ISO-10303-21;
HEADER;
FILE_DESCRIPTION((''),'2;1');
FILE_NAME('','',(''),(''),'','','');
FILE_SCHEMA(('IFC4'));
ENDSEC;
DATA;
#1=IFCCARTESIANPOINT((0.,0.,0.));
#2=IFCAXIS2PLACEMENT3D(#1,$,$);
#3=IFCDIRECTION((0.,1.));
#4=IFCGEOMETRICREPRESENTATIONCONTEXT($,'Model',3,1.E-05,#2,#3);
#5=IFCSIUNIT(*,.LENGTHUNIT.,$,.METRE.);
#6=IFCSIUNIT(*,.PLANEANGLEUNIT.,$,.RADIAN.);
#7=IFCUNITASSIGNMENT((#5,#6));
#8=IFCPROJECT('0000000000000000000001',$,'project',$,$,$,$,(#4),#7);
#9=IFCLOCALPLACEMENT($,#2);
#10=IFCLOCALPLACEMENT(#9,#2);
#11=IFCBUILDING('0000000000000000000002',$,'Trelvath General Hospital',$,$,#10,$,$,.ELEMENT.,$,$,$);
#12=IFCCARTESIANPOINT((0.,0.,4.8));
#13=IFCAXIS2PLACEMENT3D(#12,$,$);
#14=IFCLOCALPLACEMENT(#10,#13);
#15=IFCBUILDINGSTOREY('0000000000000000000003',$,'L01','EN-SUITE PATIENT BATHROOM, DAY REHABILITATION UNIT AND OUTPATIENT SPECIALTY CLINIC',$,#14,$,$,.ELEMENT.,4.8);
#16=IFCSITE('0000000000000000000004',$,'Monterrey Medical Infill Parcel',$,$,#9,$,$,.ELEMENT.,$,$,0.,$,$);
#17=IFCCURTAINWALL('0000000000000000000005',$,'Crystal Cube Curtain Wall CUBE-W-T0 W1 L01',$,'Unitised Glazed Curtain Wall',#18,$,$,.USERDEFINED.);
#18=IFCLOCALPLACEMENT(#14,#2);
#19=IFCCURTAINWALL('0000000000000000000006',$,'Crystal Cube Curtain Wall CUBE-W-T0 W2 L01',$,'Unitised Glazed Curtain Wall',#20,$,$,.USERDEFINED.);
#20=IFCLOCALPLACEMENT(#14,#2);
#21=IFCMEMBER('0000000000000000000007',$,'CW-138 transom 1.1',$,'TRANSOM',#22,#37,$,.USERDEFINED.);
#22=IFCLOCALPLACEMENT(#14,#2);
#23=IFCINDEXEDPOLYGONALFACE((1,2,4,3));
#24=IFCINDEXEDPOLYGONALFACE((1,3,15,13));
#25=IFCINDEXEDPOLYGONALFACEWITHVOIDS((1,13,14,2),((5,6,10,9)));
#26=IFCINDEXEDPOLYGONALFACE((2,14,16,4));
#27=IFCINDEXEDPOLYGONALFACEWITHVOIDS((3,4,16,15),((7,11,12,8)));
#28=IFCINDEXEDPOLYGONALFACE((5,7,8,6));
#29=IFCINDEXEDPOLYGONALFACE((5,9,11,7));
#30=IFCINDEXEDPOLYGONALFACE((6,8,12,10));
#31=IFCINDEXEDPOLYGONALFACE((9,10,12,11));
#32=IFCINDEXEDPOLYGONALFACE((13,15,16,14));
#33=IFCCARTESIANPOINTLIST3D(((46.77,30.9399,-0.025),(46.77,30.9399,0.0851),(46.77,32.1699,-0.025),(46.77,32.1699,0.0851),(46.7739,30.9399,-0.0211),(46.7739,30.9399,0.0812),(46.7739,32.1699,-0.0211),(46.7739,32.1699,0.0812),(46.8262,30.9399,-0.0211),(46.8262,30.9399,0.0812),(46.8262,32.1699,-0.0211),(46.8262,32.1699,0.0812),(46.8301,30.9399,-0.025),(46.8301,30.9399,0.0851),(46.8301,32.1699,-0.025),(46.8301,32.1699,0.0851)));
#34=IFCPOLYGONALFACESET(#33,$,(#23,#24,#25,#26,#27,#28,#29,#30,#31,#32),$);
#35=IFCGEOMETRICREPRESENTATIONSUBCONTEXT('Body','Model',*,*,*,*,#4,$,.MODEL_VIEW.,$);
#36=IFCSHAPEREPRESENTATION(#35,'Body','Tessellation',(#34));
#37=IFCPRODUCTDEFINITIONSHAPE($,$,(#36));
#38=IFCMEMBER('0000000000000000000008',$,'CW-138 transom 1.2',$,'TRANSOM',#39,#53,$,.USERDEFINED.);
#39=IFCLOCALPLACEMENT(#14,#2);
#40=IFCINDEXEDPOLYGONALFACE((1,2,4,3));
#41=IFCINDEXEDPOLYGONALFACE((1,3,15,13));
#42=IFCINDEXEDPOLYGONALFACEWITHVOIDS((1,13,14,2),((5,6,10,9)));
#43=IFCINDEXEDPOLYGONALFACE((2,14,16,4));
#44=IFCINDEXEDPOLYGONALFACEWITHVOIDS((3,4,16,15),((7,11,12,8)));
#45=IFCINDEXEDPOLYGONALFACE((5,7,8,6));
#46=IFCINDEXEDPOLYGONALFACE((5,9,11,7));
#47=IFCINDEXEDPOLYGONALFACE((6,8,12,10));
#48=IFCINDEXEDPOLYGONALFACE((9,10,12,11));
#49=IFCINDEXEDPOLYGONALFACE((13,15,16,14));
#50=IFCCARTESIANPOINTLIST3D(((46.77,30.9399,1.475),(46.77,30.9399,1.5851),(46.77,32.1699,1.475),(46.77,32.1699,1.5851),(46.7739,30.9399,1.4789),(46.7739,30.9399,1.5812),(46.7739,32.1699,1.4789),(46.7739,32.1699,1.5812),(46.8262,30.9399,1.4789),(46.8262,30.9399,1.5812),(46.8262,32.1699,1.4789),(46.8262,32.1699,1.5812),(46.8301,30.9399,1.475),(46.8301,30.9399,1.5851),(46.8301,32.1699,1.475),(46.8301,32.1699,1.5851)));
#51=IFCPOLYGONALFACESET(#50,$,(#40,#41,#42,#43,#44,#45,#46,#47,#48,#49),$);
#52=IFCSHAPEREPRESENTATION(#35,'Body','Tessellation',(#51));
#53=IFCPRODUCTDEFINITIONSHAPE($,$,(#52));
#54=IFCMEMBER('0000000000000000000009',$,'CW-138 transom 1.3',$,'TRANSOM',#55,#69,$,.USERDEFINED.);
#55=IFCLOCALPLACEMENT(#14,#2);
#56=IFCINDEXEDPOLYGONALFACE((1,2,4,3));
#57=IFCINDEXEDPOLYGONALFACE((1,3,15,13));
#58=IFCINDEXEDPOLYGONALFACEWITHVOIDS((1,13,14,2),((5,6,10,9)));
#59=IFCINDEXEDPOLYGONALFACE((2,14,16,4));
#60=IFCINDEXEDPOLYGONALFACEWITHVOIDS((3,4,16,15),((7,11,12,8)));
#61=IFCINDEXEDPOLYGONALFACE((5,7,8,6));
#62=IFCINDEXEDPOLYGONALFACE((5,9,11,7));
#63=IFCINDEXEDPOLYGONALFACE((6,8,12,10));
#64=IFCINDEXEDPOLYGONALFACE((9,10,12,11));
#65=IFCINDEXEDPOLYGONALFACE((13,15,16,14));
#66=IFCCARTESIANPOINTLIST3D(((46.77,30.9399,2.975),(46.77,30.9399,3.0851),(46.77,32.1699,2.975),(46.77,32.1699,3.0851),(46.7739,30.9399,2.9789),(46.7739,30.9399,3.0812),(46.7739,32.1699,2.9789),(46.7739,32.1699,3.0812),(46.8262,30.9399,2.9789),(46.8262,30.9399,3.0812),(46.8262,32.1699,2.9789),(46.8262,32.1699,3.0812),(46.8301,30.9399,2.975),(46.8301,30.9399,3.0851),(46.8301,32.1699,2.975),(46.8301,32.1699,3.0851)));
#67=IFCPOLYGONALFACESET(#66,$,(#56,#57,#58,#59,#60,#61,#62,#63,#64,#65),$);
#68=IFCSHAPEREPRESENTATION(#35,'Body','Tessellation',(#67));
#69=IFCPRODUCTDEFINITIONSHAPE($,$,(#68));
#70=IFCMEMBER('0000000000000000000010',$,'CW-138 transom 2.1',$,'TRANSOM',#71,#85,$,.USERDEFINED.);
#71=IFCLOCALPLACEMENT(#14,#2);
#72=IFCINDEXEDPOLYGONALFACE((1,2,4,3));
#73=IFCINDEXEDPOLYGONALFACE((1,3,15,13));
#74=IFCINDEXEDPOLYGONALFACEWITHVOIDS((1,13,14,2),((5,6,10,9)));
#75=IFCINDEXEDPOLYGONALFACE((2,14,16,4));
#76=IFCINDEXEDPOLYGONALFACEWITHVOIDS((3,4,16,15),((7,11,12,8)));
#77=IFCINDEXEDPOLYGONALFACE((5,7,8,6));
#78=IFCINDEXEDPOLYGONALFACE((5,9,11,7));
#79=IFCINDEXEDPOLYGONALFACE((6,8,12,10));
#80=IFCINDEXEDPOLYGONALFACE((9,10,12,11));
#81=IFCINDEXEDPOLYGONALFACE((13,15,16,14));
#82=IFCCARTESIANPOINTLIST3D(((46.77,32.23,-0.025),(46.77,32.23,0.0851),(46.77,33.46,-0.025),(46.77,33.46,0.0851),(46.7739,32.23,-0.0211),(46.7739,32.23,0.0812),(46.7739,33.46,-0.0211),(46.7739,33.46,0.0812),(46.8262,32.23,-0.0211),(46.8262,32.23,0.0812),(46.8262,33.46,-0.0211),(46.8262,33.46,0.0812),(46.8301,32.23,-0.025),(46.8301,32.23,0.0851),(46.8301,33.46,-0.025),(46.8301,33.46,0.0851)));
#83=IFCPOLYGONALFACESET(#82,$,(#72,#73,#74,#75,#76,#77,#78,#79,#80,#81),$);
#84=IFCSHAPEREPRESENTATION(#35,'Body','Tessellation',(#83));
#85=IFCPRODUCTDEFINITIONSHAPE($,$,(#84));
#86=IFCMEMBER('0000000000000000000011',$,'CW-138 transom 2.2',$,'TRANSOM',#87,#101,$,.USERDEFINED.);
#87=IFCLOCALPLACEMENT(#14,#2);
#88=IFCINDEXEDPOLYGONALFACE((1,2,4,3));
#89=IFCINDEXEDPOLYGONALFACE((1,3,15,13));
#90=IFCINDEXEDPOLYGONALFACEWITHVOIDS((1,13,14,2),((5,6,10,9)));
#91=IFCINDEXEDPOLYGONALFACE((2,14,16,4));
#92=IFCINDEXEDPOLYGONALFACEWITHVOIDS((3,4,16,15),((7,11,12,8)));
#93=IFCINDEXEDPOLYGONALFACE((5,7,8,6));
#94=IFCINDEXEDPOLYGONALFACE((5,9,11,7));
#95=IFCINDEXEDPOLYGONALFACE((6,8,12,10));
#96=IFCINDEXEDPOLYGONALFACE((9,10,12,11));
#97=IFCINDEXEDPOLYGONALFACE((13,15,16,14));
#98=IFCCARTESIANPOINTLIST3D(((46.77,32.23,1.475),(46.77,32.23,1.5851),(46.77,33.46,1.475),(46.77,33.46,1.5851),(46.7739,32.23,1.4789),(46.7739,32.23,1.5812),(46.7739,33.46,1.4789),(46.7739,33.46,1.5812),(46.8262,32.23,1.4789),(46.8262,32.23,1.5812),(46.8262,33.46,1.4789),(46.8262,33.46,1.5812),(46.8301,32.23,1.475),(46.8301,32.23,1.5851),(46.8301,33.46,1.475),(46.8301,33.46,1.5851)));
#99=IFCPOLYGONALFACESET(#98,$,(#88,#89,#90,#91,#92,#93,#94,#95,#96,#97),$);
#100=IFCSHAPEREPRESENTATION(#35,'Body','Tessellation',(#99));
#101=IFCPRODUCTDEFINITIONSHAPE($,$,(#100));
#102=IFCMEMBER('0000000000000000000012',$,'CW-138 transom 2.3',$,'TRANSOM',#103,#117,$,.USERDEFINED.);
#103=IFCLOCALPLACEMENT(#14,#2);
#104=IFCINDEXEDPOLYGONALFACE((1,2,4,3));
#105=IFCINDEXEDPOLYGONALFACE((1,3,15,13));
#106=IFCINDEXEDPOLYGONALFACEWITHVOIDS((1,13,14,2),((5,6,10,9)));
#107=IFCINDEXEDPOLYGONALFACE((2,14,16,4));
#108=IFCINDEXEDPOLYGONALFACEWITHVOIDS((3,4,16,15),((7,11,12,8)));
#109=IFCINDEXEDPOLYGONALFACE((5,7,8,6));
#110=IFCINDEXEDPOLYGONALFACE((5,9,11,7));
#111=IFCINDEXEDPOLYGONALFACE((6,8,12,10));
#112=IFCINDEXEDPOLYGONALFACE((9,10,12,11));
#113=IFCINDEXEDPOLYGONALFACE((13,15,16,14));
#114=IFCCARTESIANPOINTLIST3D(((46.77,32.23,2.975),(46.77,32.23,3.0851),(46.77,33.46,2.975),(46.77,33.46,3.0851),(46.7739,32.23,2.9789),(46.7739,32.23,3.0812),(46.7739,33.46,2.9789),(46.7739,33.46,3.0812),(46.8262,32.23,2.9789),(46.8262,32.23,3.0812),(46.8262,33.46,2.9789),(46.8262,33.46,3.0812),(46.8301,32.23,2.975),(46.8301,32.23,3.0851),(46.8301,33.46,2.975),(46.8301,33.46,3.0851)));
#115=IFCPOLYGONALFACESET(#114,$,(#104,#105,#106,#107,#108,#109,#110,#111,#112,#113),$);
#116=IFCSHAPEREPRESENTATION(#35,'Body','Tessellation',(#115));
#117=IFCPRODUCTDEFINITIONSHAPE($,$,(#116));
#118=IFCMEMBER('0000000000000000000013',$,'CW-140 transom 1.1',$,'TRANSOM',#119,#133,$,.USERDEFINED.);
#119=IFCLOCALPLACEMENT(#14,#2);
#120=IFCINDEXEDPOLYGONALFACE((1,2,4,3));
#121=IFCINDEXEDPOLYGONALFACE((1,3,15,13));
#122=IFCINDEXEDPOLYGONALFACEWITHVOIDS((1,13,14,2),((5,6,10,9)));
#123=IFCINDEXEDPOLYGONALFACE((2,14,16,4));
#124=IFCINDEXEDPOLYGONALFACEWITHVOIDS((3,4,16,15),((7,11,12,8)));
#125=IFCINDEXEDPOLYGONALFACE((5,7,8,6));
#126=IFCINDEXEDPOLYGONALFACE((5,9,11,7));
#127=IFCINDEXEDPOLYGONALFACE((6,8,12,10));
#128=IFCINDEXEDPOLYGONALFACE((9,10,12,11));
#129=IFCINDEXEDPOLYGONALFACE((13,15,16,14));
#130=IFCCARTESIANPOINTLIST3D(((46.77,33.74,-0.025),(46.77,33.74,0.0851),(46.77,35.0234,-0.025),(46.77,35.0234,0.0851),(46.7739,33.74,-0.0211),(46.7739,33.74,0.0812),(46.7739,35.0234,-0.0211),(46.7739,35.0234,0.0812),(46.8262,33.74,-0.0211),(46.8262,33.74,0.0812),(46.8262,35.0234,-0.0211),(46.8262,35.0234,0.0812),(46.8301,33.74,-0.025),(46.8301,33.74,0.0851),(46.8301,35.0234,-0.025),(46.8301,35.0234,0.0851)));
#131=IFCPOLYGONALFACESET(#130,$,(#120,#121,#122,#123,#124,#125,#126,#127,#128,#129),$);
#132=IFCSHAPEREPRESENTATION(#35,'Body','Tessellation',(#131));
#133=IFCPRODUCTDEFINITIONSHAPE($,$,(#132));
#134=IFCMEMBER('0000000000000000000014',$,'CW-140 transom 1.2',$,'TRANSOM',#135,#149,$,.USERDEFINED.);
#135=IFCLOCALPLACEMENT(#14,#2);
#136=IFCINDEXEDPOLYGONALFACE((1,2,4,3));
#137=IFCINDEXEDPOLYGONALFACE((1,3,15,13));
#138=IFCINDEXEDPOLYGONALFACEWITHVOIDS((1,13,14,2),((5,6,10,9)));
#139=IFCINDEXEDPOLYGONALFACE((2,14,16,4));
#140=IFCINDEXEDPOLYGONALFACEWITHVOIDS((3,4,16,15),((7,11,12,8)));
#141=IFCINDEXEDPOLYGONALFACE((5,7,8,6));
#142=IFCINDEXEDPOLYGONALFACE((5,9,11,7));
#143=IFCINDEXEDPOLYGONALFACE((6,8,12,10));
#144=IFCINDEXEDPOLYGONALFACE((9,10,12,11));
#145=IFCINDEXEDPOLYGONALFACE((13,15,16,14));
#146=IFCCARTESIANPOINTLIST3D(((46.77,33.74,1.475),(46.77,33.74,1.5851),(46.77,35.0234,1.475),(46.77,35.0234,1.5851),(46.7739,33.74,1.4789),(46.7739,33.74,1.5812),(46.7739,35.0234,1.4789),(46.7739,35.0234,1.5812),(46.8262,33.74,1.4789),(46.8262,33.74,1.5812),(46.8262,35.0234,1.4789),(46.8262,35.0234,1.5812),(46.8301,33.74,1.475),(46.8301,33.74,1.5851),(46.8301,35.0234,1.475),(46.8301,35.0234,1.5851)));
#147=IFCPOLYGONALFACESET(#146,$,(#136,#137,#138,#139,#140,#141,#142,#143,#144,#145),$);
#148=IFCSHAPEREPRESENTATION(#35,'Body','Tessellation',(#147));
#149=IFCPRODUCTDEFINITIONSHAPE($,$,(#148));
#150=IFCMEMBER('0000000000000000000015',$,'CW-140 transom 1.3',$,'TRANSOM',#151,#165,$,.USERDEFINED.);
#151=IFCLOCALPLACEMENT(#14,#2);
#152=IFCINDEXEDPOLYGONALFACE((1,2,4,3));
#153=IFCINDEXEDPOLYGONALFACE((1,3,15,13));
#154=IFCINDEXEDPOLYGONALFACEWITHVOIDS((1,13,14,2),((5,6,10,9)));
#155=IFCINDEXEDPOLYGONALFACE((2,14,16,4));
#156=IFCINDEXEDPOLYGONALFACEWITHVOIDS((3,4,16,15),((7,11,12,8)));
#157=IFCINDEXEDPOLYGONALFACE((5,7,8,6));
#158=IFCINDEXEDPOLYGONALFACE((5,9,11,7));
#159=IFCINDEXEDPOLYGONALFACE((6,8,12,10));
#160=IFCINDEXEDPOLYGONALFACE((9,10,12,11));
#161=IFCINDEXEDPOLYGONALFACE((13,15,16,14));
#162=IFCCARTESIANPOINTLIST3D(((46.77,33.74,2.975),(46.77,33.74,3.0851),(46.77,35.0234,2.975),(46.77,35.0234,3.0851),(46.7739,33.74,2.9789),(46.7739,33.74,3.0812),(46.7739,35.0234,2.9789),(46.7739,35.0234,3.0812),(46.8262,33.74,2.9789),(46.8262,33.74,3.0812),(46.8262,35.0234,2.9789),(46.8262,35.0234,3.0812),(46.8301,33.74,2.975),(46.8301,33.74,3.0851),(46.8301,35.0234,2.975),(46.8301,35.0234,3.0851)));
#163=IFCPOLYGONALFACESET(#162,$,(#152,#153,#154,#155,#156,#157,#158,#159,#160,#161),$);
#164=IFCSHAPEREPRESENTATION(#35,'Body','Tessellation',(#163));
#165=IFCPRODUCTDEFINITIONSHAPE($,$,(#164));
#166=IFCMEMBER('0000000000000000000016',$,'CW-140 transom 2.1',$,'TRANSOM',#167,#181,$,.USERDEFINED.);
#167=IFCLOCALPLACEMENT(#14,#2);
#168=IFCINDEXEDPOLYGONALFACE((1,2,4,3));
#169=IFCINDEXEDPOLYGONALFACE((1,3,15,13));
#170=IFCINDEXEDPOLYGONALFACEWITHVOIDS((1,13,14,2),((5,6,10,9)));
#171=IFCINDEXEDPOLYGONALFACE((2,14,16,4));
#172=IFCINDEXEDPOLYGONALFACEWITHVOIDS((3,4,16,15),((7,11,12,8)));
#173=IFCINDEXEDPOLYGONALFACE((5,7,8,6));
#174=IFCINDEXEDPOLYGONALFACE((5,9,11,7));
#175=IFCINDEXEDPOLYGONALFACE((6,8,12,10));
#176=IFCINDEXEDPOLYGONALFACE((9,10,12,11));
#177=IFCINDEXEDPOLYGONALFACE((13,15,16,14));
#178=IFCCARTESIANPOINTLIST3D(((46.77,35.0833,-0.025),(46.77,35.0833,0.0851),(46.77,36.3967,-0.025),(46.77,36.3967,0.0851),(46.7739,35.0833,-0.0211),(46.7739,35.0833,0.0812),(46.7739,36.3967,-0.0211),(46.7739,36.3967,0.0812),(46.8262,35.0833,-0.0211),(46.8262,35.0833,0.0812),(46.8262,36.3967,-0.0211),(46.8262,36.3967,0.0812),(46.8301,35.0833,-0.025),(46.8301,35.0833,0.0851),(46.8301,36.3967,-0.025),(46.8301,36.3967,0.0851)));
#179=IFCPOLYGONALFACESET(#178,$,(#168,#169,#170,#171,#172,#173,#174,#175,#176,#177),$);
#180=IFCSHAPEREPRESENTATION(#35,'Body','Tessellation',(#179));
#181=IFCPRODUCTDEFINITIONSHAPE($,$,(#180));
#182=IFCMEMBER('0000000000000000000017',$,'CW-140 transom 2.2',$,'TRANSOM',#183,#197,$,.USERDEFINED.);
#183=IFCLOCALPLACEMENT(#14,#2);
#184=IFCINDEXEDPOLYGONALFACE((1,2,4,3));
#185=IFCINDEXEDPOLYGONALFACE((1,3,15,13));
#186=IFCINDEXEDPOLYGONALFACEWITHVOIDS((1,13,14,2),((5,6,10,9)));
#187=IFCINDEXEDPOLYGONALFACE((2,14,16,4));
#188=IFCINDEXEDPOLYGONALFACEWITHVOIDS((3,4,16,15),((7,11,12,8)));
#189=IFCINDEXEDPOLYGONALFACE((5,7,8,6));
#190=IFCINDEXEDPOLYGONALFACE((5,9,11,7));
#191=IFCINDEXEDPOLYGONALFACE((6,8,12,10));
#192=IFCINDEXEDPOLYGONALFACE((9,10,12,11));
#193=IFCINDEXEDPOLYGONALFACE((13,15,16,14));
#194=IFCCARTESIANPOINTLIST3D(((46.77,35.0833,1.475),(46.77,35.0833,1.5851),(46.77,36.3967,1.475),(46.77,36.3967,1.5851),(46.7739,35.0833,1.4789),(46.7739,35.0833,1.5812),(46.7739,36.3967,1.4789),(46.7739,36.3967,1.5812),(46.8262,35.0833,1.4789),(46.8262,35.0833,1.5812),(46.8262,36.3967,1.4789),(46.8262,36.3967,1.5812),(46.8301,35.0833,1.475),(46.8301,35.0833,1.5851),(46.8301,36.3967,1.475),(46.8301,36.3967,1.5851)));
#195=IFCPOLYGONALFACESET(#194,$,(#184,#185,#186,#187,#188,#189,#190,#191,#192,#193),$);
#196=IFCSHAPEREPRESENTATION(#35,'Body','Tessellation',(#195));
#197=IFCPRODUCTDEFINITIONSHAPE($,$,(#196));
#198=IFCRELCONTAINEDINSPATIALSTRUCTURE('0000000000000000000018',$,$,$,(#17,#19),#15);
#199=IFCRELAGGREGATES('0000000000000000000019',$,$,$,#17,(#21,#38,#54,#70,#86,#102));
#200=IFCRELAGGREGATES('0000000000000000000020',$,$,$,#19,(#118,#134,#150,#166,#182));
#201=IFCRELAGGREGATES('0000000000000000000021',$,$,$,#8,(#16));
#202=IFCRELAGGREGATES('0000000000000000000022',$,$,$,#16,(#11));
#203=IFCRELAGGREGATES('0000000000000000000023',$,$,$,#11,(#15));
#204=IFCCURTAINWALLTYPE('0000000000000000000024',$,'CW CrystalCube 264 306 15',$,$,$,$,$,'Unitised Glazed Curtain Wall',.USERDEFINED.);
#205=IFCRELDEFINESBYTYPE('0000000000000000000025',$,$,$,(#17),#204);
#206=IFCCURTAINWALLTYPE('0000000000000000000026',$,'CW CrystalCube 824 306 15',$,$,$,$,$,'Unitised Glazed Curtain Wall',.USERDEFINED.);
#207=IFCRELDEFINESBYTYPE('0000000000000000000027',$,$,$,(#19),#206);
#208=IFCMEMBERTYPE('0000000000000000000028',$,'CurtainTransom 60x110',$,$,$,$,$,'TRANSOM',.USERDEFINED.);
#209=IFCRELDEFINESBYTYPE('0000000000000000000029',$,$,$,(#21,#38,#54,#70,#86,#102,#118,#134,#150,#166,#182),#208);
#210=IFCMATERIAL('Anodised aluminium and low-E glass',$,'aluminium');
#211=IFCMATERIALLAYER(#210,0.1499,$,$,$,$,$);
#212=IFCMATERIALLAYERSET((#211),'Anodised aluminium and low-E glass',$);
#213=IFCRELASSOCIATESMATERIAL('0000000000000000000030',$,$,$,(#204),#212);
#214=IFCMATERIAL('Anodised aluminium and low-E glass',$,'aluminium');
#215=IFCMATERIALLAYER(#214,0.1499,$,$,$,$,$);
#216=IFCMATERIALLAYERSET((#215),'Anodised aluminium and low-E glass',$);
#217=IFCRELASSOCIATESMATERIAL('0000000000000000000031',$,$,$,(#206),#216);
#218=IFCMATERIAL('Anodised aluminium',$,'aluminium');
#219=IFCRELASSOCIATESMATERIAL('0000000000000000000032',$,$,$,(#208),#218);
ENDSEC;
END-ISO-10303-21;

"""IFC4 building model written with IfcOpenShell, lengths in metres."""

from ifc_helpers import new_model, si_unit, direction, frame, origin, origin_2d, place, context, subcontext, project, spatial, hollow_rectangle, extrude, material, layer, layer_set, material_profile, profile_set, type_object, element, aggregate, save


model = new_model("IFC4")

# Units and contexts
model_context = context("Model", 3, precision=1e-05, world=origin(), true_north=direction((0.0, 1.0)))
body_context = subcontext(model_context, "Body", "Model", "MODEL_VIEW")
ifc_project = project(units=[si_unit("LENGTHUNIT", "METRE"), si_unit("PLANEANGLEUNIT", "RADIAN")], contexts=[model_context])

# Site, building, storey
site_placement = place(None, origin())
site = spatial("IfcSite", under=ifc_project, at=site_placement, Name="Monterrey Medical Infill Parcel", CompositionType="ELEMENT", RefElevation=0.0)
building_placement = place(site_placement, origin())
building = spatial("IfcBuilding", under=site, at=building_placement, Name="Trelvath General Hospital", CompositionType="ELEMENT")
storey_placement = place(building_placement, frame((0.0, 0.0, 4.8)))
storey = spatial("IfcBuildingStorey", under=building, at=storey_placement, Name="L01", Description="EN-SUITE PATIENT BATHROOM, DAY REHABILITATION UNIT AND OUTPATIENT SPECIALTY CLINIC", CompositionType="ELEMENT", Elevation=4.8)

# Curtain walls
ifc_material_1 = material(Name="Anodised aluminium and low-E glass", Category="aluminium")
ifc_layer_1 = layer(ifc_material_1, 0.1499)
ifc_layer_set_1 = layer_set([ifc_layer_1], Name="Anodised aluminium and low-E glass")
curtain_wall_type_1 = type_object("IfcCurtainWallType", Name="CW CrystalCube 264 306 15", ElementType="Unitised Glazed Curtain Wall", PredefinedType="USERDEFINED", material=ifc_layer_set_1)
curtain_wall_1_placement = place(storey_placement, origin())
curtain_wall_1 = element("IfcCurtainWall", 1, at=curtain_wall_1_placement, inside=storey, type_object=curtain_wall_type_1, Name="Crystal Cube Curtain Wall CUBE-W-T0 W1 L01", ObjectType="Unitised Glazed Curtain Wall", PredefinedType="USERDEFINED")
ifc_material_2 = material(Name="Anodised aluminium and low-E glass", Category="aluminium")
ifc_layer_2 = layer(ifc_material_2, 0.1499)
ifc_layer_set_2 = layer_set([ifc_layer_2], Name="Anodised aluminium and low-E glass")
curtain_wall_type_2 = type_object("IfcCurtainWallType", Name="CW CrystalCube 824 306 15", ElementType="Unitised Glazed Curtain Wall", PredefinedType="USERDEFINED", material=ifc_layer_set_2)
curtain_wall_2_placement = place(storey_placement, origin())
curtain_wall_2 = element("IfcCurtainWall", 2, at=curtain_wall_2_placement, inside=storey, type_object=curtain_wall_type_2, Name="Crystal Cube Curtain Wall CUBE-W-T0 W2 L01", ObjectType="Unitised Glazed Curtain Wall", PredefinedType="USERDEFINED")

# Members
ifc_material_3 = material(Name="Anodised aluminium", Category="aluminium")
ifc_material_profile_1 = material_profile(ifc_material_3, hollow_rectangle(XDim=0.0601, YDim=0.1101, WallThickness=0.0039, at=origin_2d()), Name="RHS60x110x4")
ifc_profile_set_1 = profile_set([ifc_material_profile_1], Name="Anodised aluminium")
member_type_1 = type_object("IfcMemberType", Name="CurtainTransom 60x110", ElementType="TRANSOM", PredefinedType="USERDEFINED", material=ifc_profile_set_1)
member_1_placement = place(storey_placement, frame((46.8, 30.9399, 0.03), z_axis=(0.0, 1.0, 0.0), x_axis=(-1.0, 0.0, 0.0)))
member_1 = element("IfcMember", 3, at=member_1_placement, type_object=member_type_1, Name="CW-138 transom 1.1", ObjectType="TRANSOM", PredefinedType="USERDEFINED", context=body_context, shape_type="SweptSolid", body=[
    extrude(hollow_rectangle(XDim=0.0601, YDim=0.1101, WallThickness=0.0039, at=origin_2d()), origin(), (0.0, 0.0, 1.0), 1.23),
])
member_2_placement = place(storey_placement, frame((46.8, 30.9399, 1.53), z_axis=(0.0, 1.0, 0.0), x_axis=(-1.0, 0.0, 0.0)))
member_2 = element("IfcMember", 4, at=member_2_placement, type_object=member_type_1, Name="CW-138 transom 1.2", ObjectType="TRANSOM", PredefinedType="USERDEFINED", context=body_context, shape_type="SweptSolid", body=[
    extrude(hollow_rectangle(XDim=0.0601, YDim=0.1101, WallThickness=0.0039, at=origin_2d()), origin(), (0.0, 0.0, 1.0), 1.23),
])
member_3_placement = place(storey_placement, frame((46.8, 30.9399, 3.03), z_axis=(0.0, 1.0, 0.0), x_axis=(-1.0, 0.0, 0.0)))
member_3 = element("IfcMember", 5, at=member_3_placement, type_object=member_type_1, Name="CW-138 transom 1.3", ObjectType="TRANSOM", PredefinedType="USERDEFINED", context=body_context, shape_type="SweptSolid", body=[
    extrude(hollow_rectangle(XDim=0.0601, YDim=0.1101, WallThickness=0.0039, at=origin_2d()), origin(), (0.0, 0.0, 1.0), 1.23),
])
member_4_placement = place(storey_placement, frame((46.8, 32.23, 0.03), z_axis=(0.0, 1.0, 0.0), x_axis=(-1.0, 0.0, 0.0)))
member_4 = element("IfcMember", 6, at=member_4_placement, type_object=member_type_1, Name="CW-138 transom 2.1", ObjectType="TRANSOM", PredefinedType="USERDEFINED", context=body_context, shape_type="SweptSolid", body=[
    extrude(hollow_rectangle(XDim=0.0601, YDim=0.1101, WallThickness=0.0039, at=origin_2d()), origin(), (0.0, 0.0, 1.0), 1.23),
])
member_5_placement = place(storey_placement, frame((46.8, 32.23, 1.53), z_axis=(0.0, 1.0, 0.0), x_axis=(-1.0, 0.0, 0.0)))
member_5 = element("IfcMember", 7, at=member_5_placement, type_object=member_type_1, Name="CW-138 transom 2.2", ObjectType="TRANSOM", PredefinedType="USERDEFINED", context=body_context, shape_type="SweptSolid", body=[
    extrude(hollow_rectangle(XDim=0.0601, YDim=0.1101, WallThickness=0.0039, at=origin_2d()), origin(), (0.0, 0.0, 1.0), 1.23),
])
member_6_placement = place(storey_placement, frame((46.8, 32.23, 3.03), z_axis=(0.0, 1.0, 0.0), x_axis=(-1.0, 0.0, 0.0)))
member_6 = element("IfcMember", 8, at=member_6_placement, type_object=member_type_1, Name="CW-138 transom 2.3", ObjectType="TRANSOM", PredefinedType="USERDEFINED", context=body_context, shape_type="SweptSolid", body=[
    extrude(hollow_rectangle(XDim=0.0601, YDim=0.1101, WallThickness=0.0039, at=origin_2d()), origin(), (0.0, 0.0, 1.0), 1.23),
])
member_7_placement = place(storey_placement, frame((46.8, 33.74, 0.03), z_axis=(0.0, 1.0, 0.0), x_axis=(-1.0, 0.0, 0.0)))
member_7 = element("IfcMember", 9, at=member_7_placement, type_object=member_type_1, Name="CW-140 transom 1.1", ObjectType="TRANSOM", PredefinedType="USERDEFINED", context=body_context, shape_type="SweptSolid", body=[
    extrude(hollow_rectangle(XDim=0.0601, YDim=0.1101, WallThickness=0.0039, at=origin_2d()), origin(), (0.0, 0.0, 1.0), 1.2834),
])
member_8_placement = place(storey_placement, frame((46.8, 33.74, 1.53), z_axis=(0.0, 1.0, 0.0), x_axis=(-1.0, 0.0, 0.0)))
member_8 = element("IfcMember", 10, at=member_8_placement, type_object=member_type_1, Name="CW-140 transom 1.2", ObjectType="TRANSOM", PredefinedType="USERDEFINED", context=body_context, shape_type="SweptSolid", body=[
    extrude(hollow_rectangle(XDim=0.0601, YDim=0.1101, WallThickness=0.0039, at=origin_2d()), origin(), (0.0, 0.0, 1.0), 1.2834),
])
member_9_placement = place(storey_placement, frame((46.8, 33.74, 3.03), z_axis=(0.0, 1.0, 0.0), x_axis=(-1.0, 0.0, 0.0)))
member_9 = element("IfcMember", 11, at=member_9_placement, type_object=member_type_1, Name="CW-140 transom 1.3", ObjectType="TRANSOM", PredefinedType="USERDEFINED", context=body_context, shape_type="SweptSolid", body=[
    extrude(hollow_rectangle(XDim=0.0601, YDim=0.1101, WallThickness=0.0039, at=origin_2d()), origin(), (0.0, 0.0, 1.0), 1.2834),
])
member_10_placement = place(storey_placement, frame((46.8, 35.0833, 0.03), z_axis=(0.0, 1.0, 0.0), x_axis=(-1.0, 0.0, 0.0)))
member_10 = element("IfcMember", 12, at=member_10_placement, type_object=member_type_1, Name="CW-140 transom 2.1", ObjectType="TRANSOM", PredefinedType="USERDEFINED", context=body_context, shape_type="SweptSolid", body=[
    extrude(hollow_rectangle(XDim=0.0601, YDim=0.1101, WallThickness=0.0039, at=origin_2d()), origin(), (0.0, 0.0, 1.0), 1.3135),
])
member_11_placement = place(storey_placement, frame((46.8, 35.0833, 1.53), z_axis=(0.0, 1.0, 0.0), x_axis=(-1.0, 0.0, 0.0)))
member_11 = element("IfcMember", 13, at=member_11_placement, type_object=member_type_1, Name="CW-140 transom 2.2", ObjectType="TRANSOM", PredefinedType="USERDEFINED", context=body_context, shape_type="SweptSolid", body=[
    extrude(hollow_rectangle(XDim=0.0601, YDim=0.1101, WallThickness=0.0039, at=origin_2d()), origin(), (0.0, 0.0, 1.0), 1.3135),
])

aggregate(curtain_wall_1, [member_1, member_2, member_3, member_4, member_5, member_6])
aggregate(curtain_wall_2, [member_7, member_8, member_9, member_10, member_11])

save(model, "model.ifc")
